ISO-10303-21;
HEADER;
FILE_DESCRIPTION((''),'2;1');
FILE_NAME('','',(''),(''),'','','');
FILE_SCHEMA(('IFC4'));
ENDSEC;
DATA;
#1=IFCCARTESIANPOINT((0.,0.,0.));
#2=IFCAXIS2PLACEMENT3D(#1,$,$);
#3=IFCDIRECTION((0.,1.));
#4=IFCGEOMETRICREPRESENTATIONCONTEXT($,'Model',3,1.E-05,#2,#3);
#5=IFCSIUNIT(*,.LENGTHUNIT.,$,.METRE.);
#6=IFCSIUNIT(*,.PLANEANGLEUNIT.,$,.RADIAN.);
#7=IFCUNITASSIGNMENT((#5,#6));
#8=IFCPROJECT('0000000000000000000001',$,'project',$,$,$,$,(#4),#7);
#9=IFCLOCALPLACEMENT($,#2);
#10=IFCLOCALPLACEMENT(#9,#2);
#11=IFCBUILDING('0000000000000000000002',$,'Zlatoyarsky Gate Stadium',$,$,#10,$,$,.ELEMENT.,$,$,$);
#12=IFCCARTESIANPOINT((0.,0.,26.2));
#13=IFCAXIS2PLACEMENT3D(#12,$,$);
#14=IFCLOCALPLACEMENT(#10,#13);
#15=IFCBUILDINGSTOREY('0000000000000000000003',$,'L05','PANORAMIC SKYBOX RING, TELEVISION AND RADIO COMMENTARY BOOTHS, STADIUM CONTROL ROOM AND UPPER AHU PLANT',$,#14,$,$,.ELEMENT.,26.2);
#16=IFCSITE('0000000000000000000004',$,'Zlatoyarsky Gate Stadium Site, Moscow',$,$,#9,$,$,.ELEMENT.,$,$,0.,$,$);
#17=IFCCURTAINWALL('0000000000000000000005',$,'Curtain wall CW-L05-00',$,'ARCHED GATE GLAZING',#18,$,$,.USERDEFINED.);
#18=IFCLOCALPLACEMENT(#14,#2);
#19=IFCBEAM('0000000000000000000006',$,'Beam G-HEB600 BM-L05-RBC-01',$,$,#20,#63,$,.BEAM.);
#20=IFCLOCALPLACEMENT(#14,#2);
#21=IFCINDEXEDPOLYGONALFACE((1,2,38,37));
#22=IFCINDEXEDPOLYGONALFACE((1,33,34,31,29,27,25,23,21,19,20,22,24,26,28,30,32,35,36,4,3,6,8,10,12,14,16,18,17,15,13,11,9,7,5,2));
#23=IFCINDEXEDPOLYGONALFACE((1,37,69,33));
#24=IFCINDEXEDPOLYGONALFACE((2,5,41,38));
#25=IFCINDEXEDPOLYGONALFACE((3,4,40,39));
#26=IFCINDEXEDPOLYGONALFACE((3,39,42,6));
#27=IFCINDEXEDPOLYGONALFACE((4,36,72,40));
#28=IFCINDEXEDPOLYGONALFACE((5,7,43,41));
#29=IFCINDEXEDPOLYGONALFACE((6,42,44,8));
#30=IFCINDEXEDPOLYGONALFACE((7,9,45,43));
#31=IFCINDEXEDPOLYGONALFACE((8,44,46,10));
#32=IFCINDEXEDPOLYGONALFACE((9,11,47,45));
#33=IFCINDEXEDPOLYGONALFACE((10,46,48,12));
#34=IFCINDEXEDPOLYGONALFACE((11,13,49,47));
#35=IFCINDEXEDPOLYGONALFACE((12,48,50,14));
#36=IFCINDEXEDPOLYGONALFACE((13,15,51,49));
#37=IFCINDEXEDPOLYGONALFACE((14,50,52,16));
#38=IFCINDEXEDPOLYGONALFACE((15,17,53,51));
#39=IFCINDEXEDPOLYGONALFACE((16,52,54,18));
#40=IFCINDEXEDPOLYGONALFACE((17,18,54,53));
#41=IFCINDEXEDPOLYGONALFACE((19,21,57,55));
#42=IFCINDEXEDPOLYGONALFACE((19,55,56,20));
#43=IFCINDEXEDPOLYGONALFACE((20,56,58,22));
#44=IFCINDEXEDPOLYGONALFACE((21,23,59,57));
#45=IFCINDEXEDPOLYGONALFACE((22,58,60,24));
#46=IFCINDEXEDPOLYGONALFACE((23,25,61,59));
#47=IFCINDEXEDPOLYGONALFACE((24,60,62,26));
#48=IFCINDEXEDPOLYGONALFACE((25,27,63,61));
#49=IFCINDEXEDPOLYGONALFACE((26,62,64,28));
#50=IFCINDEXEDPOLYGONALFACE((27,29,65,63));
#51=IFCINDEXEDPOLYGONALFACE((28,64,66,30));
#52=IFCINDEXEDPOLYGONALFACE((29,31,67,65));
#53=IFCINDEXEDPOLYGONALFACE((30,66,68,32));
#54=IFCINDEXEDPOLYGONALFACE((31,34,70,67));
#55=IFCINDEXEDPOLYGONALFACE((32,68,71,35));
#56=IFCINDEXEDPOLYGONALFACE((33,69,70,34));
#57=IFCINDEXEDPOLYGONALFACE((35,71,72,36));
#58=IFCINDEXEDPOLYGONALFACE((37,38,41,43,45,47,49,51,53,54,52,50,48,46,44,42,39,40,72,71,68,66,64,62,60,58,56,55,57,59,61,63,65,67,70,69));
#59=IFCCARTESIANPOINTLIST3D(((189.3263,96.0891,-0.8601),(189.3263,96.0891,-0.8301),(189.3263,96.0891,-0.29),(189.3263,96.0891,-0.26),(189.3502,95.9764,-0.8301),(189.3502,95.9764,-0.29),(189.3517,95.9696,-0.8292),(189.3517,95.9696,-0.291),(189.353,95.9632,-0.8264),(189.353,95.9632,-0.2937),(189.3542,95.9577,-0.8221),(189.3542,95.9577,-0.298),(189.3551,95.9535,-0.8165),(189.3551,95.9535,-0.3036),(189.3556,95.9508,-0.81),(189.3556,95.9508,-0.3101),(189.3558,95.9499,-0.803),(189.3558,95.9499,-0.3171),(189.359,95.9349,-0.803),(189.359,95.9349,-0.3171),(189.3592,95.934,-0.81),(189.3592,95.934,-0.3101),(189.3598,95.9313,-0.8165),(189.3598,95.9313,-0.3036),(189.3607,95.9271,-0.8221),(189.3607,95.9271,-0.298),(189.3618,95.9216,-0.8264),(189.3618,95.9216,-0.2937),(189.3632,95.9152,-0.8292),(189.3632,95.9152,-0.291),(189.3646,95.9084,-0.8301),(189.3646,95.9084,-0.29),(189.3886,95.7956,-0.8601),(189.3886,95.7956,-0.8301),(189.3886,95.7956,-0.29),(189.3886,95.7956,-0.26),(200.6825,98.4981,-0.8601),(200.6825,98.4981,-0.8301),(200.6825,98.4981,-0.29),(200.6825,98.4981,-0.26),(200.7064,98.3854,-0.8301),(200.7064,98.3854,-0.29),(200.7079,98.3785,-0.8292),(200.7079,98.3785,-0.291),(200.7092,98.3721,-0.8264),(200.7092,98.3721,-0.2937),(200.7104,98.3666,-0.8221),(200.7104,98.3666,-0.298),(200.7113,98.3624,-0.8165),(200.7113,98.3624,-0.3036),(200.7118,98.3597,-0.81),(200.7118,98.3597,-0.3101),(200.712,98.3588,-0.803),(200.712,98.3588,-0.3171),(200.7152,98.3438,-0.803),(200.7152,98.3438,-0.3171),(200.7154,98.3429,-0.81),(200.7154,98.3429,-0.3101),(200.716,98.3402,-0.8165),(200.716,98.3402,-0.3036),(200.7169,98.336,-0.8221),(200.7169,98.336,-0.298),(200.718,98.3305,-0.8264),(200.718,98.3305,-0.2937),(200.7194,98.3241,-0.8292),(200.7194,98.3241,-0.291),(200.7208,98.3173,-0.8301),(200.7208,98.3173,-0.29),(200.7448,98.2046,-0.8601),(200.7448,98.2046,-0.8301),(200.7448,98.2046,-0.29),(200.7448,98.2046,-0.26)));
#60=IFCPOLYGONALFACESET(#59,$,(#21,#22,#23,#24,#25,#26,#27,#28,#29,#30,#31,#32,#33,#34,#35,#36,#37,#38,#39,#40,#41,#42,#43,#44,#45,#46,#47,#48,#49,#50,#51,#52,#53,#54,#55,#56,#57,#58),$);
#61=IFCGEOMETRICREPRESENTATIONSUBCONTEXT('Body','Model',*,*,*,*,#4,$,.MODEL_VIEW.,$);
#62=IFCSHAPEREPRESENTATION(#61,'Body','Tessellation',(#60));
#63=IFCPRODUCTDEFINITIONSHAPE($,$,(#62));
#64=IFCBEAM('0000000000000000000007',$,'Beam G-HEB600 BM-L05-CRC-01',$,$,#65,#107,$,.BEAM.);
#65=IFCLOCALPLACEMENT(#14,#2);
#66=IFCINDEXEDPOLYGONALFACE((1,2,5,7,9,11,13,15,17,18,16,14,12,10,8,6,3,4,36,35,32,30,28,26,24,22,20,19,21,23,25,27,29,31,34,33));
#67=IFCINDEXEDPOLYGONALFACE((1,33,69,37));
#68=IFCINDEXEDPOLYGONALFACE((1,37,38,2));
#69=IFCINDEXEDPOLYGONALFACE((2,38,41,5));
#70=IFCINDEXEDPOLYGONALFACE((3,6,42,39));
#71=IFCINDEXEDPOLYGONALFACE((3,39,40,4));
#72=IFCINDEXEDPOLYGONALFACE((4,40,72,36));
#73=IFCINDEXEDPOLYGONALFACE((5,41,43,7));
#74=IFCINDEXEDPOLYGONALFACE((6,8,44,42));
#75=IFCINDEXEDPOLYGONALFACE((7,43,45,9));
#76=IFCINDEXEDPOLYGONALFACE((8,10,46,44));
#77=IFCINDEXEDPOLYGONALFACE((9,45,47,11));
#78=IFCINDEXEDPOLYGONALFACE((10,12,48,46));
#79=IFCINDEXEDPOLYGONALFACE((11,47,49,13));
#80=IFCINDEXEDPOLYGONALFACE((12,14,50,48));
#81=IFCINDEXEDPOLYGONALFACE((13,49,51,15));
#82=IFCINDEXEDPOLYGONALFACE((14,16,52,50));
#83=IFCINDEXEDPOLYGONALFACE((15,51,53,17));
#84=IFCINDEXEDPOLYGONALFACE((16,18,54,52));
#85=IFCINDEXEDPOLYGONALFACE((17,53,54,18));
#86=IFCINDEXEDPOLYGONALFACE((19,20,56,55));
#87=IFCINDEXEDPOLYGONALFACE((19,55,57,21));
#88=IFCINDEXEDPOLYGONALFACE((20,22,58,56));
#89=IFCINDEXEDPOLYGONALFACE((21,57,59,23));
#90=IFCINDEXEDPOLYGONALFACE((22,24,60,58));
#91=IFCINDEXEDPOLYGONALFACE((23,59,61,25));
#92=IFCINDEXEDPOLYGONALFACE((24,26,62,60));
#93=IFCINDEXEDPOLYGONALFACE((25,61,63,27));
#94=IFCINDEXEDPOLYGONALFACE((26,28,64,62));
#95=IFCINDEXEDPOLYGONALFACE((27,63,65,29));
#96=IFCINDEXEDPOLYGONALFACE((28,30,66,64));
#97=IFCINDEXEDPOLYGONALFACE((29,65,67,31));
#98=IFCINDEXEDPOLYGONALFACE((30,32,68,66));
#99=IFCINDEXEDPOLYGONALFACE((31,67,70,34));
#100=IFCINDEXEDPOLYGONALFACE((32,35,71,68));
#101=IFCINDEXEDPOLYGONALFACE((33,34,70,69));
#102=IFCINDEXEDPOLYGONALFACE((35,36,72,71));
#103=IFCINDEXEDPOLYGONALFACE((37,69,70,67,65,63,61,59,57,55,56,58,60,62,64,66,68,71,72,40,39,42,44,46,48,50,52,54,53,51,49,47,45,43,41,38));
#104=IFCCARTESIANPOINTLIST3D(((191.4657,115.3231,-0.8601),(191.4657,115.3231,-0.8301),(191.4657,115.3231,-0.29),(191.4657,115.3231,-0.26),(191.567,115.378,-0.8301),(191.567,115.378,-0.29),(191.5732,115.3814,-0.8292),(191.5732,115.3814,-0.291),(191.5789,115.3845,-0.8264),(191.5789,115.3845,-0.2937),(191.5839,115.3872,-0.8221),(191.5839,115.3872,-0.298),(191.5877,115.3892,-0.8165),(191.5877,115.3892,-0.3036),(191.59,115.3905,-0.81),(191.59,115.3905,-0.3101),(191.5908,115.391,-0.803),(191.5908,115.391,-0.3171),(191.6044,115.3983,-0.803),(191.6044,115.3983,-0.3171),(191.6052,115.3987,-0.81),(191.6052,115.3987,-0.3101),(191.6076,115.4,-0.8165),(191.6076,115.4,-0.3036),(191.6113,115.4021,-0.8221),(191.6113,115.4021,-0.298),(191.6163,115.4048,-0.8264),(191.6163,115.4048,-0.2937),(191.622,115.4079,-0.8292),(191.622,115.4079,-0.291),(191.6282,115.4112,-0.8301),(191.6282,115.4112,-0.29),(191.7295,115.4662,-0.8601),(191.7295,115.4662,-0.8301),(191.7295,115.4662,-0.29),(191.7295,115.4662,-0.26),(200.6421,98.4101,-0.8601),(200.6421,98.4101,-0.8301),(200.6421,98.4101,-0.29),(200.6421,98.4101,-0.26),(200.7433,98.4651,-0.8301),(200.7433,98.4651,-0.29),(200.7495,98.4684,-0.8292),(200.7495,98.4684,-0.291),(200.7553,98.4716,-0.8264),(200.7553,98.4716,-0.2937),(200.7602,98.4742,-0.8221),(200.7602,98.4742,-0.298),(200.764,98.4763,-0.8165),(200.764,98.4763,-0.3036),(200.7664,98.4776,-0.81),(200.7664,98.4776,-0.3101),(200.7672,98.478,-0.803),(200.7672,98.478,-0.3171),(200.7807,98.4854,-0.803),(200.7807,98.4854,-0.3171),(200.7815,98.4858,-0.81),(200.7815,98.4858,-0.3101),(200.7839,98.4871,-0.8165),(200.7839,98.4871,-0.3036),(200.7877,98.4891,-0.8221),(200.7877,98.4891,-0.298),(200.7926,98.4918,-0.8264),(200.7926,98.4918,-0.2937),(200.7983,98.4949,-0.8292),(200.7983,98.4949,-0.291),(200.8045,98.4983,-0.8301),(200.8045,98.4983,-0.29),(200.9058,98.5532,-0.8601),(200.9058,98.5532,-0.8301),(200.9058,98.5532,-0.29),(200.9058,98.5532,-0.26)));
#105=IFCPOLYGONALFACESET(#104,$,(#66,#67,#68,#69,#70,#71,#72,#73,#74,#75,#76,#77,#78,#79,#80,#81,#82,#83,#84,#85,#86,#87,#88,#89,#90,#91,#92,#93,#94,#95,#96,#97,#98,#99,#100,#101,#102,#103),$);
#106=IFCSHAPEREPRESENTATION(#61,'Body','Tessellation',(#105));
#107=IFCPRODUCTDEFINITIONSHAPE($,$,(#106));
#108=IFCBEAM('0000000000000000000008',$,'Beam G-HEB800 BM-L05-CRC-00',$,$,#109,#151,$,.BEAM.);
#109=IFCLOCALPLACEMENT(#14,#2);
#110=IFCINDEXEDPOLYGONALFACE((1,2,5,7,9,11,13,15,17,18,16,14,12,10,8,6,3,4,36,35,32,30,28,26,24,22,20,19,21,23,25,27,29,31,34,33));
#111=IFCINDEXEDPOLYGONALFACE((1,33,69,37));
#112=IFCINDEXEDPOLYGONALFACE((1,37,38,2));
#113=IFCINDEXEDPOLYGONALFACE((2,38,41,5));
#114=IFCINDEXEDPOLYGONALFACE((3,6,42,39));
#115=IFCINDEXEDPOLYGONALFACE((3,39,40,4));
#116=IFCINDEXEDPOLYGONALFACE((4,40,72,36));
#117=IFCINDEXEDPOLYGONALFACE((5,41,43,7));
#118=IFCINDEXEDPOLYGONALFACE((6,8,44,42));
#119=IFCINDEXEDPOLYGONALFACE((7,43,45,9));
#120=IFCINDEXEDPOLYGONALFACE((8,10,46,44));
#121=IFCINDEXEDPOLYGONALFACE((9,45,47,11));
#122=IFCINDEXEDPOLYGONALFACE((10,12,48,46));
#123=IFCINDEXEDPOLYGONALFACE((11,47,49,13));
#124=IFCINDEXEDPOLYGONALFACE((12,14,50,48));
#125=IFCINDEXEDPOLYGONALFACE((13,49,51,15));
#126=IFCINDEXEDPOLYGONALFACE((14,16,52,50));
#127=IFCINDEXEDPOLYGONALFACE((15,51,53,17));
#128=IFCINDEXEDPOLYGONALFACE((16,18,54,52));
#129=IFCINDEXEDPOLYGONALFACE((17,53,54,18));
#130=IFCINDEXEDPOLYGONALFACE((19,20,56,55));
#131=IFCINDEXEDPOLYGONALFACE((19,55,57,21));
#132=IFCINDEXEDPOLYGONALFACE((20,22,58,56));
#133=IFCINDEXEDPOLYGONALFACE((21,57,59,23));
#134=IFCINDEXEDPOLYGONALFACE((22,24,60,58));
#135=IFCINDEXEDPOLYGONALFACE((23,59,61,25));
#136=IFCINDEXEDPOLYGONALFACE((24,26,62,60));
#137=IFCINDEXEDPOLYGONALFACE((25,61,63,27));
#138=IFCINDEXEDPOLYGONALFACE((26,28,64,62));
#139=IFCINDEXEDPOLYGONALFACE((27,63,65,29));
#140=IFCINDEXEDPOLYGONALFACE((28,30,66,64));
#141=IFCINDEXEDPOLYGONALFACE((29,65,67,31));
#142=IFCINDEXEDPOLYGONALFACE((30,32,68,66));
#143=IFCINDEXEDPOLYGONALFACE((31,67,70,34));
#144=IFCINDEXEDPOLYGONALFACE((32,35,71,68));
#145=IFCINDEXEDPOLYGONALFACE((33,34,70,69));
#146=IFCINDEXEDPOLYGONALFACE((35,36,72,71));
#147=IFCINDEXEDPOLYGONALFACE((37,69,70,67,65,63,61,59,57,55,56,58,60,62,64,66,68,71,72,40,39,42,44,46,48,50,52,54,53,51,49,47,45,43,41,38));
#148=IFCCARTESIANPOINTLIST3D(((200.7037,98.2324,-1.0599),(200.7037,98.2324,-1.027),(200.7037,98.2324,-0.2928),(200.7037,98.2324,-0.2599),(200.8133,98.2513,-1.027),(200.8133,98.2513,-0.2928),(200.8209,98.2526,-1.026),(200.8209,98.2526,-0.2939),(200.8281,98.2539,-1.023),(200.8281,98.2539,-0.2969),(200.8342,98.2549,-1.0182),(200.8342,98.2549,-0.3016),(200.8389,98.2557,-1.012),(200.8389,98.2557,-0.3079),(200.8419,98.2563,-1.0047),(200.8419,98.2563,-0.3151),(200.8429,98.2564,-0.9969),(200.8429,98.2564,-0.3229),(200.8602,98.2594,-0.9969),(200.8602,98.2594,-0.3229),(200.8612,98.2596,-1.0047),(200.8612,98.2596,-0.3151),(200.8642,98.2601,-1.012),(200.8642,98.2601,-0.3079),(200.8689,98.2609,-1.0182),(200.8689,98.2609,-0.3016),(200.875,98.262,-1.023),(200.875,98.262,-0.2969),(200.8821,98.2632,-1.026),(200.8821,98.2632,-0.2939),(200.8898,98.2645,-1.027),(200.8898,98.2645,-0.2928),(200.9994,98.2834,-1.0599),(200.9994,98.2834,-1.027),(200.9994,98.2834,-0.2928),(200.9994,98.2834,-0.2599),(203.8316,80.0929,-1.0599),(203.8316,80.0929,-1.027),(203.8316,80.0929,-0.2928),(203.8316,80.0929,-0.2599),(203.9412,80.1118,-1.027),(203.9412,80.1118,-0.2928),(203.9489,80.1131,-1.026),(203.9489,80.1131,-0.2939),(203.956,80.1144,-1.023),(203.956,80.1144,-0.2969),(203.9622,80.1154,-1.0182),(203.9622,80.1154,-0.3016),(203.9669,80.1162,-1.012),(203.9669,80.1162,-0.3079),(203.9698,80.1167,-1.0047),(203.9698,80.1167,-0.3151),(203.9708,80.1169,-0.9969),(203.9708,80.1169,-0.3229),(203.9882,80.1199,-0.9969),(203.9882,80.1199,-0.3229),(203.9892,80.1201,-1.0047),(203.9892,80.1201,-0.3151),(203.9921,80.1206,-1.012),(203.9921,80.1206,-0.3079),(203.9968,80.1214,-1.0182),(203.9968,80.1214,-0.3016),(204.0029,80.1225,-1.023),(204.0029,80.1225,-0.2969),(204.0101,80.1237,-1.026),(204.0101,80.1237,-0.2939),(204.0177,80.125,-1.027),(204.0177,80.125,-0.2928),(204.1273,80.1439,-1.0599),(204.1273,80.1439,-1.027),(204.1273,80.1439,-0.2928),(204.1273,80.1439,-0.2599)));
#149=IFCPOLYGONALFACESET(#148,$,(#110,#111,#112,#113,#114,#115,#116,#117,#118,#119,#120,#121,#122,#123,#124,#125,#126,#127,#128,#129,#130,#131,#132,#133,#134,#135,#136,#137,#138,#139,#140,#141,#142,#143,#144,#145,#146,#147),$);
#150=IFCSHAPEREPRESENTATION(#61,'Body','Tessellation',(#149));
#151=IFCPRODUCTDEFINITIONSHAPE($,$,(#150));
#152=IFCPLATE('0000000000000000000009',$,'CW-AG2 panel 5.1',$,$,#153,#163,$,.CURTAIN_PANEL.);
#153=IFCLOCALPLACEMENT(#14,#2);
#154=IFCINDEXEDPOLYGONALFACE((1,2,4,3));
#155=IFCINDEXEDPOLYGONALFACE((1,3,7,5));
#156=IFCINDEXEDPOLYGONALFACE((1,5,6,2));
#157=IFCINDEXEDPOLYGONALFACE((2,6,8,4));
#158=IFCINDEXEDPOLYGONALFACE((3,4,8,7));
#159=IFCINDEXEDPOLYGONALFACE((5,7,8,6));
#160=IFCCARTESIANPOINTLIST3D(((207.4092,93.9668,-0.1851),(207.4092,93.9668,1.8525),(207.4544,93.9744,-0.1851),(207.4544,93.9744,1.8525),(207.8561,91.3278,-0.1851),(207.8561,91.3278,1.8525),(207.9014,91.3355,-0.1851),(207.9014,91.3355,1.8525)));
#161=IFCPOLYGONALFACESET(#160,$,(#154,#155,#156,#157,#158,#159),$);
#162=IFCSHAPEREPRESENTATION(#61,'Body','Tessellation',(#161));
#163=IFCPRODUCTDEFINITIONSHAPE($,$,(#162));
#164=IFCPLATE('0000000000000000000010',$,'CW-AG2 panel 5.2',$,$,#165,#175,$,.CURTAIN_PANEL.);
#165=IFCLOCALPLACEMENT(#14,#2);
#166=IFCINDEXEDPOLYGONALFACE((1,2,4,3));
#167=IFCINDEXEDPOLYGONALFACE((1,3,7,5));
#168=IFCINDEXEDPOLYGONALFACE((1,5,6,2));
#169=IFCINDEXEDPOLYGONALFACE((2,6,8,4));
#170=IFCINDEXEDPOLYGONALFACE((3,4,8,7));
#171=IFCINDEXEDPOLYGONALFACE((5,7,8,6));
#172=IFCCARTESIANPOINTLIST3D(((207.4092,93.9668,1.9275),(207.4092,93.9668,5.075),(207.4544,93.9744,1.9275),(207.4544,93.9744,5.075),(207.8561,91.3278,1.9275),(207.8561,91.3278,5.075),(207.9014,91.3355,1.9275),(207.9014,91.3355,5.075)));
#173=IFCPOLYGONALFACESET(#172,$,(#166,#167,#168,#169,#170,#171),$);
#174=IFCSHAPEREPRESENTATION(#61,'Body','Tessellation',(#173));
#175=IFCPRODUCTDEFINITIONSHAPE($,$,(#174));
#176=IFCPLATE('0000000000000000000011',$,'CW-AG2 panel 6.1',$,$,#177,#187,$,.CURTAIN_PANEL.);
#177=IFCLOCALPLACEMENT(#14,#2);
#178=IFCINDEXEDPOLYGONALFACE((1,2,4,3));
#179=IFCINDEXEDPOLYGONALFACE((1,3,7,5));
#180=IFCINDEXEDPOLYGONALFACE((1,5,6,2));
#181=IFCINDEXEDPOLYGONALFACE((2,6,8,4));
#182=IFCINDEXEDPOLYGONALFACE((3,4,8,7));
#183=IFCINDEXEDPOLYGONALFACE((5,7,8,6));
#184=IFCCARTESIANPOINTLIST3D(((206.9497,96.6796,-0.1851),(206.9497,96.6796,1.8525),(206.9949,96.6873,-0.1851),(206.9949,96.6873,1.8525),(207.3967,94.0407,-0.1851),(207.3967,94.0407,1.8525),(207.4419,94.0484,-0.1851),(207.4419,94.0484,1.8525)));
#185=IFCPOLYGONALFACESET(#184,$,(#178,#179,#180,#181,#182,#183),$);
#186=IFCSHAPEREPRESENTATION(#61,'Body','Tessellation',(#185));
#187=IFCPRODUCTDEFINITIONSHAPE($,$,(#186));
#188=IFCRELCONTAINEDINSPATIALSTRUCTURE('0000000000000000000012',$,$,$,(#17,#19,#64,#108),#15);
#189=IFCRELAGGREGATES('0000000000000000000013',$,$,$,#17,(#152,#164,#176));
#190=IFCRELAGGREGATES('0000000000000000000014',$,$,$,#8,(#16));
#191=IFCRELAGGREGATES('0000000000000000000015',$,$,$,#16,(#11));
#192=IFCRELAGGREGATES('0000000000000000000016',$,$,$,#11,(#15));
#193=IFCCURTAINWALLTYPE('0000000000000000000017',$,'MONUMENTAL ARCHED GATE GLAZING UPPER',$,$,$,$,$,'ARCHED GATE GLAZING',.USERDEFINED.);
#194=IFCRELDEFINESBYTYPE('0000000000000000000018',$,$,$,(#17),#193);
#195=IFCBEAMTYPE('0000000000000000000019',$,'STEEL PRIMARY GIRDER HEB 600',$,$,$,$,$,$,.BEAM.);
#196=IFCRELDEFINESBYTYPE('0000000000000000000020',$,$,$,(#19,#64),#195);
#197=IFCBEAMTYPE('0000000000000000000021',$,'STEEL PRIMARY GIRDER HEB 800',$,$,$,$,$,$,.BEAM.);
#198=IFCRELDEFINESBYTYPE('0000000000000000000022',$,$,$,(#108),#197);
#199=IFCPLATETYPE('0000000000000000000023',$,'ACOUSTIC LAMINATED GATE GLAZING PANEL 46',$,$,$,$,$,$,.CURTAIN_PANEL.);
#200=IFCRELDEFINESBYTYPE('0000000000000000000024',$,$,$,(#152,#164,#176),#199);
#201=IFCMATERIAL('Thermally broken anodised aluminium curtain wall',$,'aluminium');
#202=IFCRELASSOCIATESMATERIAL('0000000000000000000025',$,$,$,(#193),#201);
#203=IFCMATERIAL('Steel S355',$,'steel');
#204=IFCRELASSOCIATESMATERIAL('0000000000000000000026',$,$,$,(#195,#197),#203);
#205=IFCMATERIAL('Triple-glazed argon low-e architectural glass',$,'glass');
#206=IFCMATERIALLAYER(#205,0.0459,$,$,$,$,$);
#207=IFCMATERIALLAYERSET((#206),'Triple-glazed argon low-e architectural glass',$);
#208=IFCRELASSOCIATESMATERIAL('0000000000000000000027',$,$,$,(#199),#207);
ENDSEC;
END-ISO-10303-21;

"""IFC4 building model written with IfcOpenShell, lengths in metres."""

from ifc_helpers import new_model, si_unit, direction, frame, origin, origin_2d, place, context, subcontext, project, spatial, rectangle, i_section, extrude, material, layer, layer_set, material_profile, profile_set, type_object, element, aggregate, save


model = new_model("IFC4")

# Units and contexts
model_context = context("Model", 3, precision=1e-05, world=origin(), true_north=direction((0.0, 1.0)))
body_context = subcontext(model_context, "Body", "Model", "MODEL_VIEW")
ifc_project = project(units=[si_unit("LENGTHUNIT", "METRE"), si_unit("PLANEANGLEUNIT", "RADIAN")], contexts=[model_context])

# Site, building, storey
site_placement = place(None, origin())
site = spatial("IfcSite", under=ifc_project, at=site_placement, Name="Zlatoyarsky Gate Stadium Site, Moscow", CompositionType="ELEMENT", RefElevation=0.0)
building_placement = place(site_placement, origin())
building = spatial("IfcBuilding", under=site, at=building_placement, Name="Zlatoyarsky Gate Stadium", CompositionType="ELEMENT")
storey_placement = place(building_placement, frame((0.0, 0.0, 26.2)))
storey = spatial("IfcBuildingStorey", under=building, at=storey_placement, Name="L05", Description="PANORAMIC SKYBOX RING, TELEVISION AND RADIO COMMENTARY BOOTHS, STADIUM CONTROL ROOM AND UPPER AHU PLANT", CompositionType="ELEMENT", Elevation=26.2)

# Shared definitions
ifc_material_1 = material(Name="Steel S355", Category="steel")

# Curtain wall
ifc_material_2 = material(Name="Thermally broken anodised aluminium curtain wall", Category="aluminium")
curtain_wall_type = type_object("IfcCurtainWallType", Name="MONUMENTAL ARCHED GATE GLAZING UPPER", ElementType="ARCHED GATE GLAZING", PredefinedType="USERDEFINED", material=ifc_material_2)
curtain_wall_placement = place(storey_placement, origin())
curtain_wall = element("IfcCurtainWall", 1, at=curtain_wall_placement, inside=storey, type_object=curtain_wall_type, Name="Curtain wall CW-L05-00", ObjectType="ARCHED GATE GLAZING", PredefinedType="USERDEFINED")

# Beams
ifc_material_profile_1 = material_profile(ifc_material_1, i_section(OverallWidth=0.3, OverallDepth=0.6001, WebThickness=0.0154, FlangeThickness=0.03, FilletRadius=0.0271, at=origin_2d()), Name="HEB 600")
ifc_profile_set_1 = profile_set([ifc_material_profile_1], Name="Steel S355")
beam_type_1 = type_object("IfcBeamType", Name="STEEL PRIMARY GIRDER HEB 600", PredefinedType="BEAM", material=ifc_profile_set_1)
beam_1_placement = place(storey_placement, frame((189.3574, 95.9424, -0.5601), z_axis=(0.978233, 0.207508, 0.0), x_axis=(-0.207508, 0.978233, 0.0)))
element("IfcBeam", 2, at=beam_1_placement, inside=storey, type_object=beam_type_1, Name="Beam G-HEB600 BM-L05-RBC-01", PredefinedType="BEAM", context=body_context, shape_type="SweptSolid", body=[
    extrude(i_section(OverallWidth=0.3, OverallDepth=0.6001, WebThickness=0.0154, FlangeThickness=0.03, FilletRadius=0.0271, at=origin_2d()), origin(), (0.0, 0.0, 1.0), 11.6089),
])
beam_2_placement = place(storey_placement, frame((200.7739, 98.4817, -0.5601), z_axis=(-0.476892, 0.878962, 0.0), x_axis=(-0.878962, -0.476892, 0.0)))
element("IfcBeam", 3, at=beam_2_placement, inside=storey, type_object=beam_type_1, Name="Beam G-HEB600 BM-L05-CRC-01", PredefinedType="BEAM", context=body_context, shape_type="SweptSolid", body=[
    extrude(i_section(OverallWidth=0.3, OverallDepth=0.6001, WebThickness=0.0154, FlangeThickness=0.03, FilletRadius=0.0271, at=origin_2d()), origin(), (0.0, 0.0, 1.0), 19.2419),
])
ifc_material_profile_2 = material_profile(ifc_material_1, i_section(OverallWidth=0.3, OverallDepth=0.8, WebThickness=0.0176, FlangeThickness=0.033, FilletRadius=0.03, at=origin_2d()), Name="HEB 800")
ifc_profile_set_2 = profile_set([ifc_material_profile_2], Name="Steel S355")
beam_type_2 = type_object("IfcBeamType", Name="STEEL PRIMARY GIRDER HEB 800", PredefinedType="BEAM", material=ifc_profile_set_2)
beam_3_placement = place(storey_placement, frame((203.9795, 80.1184, -0.6599), z_axis=(-0.16993, 0.985456, 0.0), x_axis=(-0.985456, -0.16993, 0.0)))
element("IfcBeam", 4, at=beam_3_placement, inside=storey, type_object=beam_type_2, Name="Beam G-HEB800 BM-L05-CRC-00", PredefinedType="BEAM", context=body_context, shape_type="SweptSolid", body=[
    extrude(i_section(OverallWidth=0.3, OverallDepth=0.8, WebThickness=0.0176, FlangeThickness=0.033, FilletRadius=0.03, at=origin_2d()), origin(), (0.0, 0.0, 1.0), 18.4072),
])

# Plates
ifc_material_3 = material(Name="Triple-glazed argon low-e architectural glass", Category="glass")
ifc_layer_1 = layer(ifc_material_3, 0.0459)
ifc_layer_set_1 = layer_set([ifc_layer_1], Name="Triple-glazed argon low-e architectural glass")
plate_type_1 = type_object("IfcPlateType", Name="ACOUSTIC LAMINATED GATE GLAZING PANEL 46", PredefinedType="CURTAIN_PANEL", material=ifc_layer_set_1)
plate_1_placement = place(storey_placement, frame((207.6553, 92.6511, -0.1851), z_axis=(0.0, 0.0, 1.0), x_axis=(-0.166995, 0.985958, 0.0)))
plate_1 = element("IfcPlate", 5, at=plate_1_placement, type_object=plate_type_1, Name="CW-AG2 panel 5.1", PredefinedType="CURTAIN_PANEL", context=body_context, shape_type="SweptSolid", body=[
    extrude(rectangle(XDim=2.6765, YDim=0.0459, at=origin_2d()), origin(), (0.0, 0.0, 1.0), 2.0376),
])
plate_2_placement = place(storey_placement, frame((207.6553, 92.6511, 1.9275), z_axis=(0.0, 0.0, 1.0), x_axis=(-0.166995, 0.985958, 0.0)))
plate_2 = element("IfcPlate", 6, at=plate_2_placement, type_object=plate_type_1, Name="CW-AG2 panel 5.2", PredefinedType="CURTAIN_PANEL", context=body_context, shape_type="SweptSolid", body=[
    extrude(rectangle(XDim=2.6765, YDim=0.0459, at=origin_2d()), origin(), (0.0, 0.0, 1.0), 3.1475),
])
plate_3_placement = place(storey_placement, frame((207.1958, 95.364, -0.1851), z_axis=(0.0, 0.0, 1.0), x_axis=(-0.166995, 0.985958, 0.0)))
plate_3 = element("IfcPlate", 7, at=plate_3_placement, type_object=plate_type_1, Name="CW-AG2 panel 6.1", PredefinedType="CURTAIN_PANEL", context=body_context, shape_type="SweptSolid", body=[
    extrude(rectangle(XDim=2.6765, YDim=0.0459, at=origin_2d()), origin(), (0.0, 0.0, 1.0), 2.0376),
])
aggregate(curtain_wall, [plate_1, plate_2, plate_3])

save(model, "model.ifc")
